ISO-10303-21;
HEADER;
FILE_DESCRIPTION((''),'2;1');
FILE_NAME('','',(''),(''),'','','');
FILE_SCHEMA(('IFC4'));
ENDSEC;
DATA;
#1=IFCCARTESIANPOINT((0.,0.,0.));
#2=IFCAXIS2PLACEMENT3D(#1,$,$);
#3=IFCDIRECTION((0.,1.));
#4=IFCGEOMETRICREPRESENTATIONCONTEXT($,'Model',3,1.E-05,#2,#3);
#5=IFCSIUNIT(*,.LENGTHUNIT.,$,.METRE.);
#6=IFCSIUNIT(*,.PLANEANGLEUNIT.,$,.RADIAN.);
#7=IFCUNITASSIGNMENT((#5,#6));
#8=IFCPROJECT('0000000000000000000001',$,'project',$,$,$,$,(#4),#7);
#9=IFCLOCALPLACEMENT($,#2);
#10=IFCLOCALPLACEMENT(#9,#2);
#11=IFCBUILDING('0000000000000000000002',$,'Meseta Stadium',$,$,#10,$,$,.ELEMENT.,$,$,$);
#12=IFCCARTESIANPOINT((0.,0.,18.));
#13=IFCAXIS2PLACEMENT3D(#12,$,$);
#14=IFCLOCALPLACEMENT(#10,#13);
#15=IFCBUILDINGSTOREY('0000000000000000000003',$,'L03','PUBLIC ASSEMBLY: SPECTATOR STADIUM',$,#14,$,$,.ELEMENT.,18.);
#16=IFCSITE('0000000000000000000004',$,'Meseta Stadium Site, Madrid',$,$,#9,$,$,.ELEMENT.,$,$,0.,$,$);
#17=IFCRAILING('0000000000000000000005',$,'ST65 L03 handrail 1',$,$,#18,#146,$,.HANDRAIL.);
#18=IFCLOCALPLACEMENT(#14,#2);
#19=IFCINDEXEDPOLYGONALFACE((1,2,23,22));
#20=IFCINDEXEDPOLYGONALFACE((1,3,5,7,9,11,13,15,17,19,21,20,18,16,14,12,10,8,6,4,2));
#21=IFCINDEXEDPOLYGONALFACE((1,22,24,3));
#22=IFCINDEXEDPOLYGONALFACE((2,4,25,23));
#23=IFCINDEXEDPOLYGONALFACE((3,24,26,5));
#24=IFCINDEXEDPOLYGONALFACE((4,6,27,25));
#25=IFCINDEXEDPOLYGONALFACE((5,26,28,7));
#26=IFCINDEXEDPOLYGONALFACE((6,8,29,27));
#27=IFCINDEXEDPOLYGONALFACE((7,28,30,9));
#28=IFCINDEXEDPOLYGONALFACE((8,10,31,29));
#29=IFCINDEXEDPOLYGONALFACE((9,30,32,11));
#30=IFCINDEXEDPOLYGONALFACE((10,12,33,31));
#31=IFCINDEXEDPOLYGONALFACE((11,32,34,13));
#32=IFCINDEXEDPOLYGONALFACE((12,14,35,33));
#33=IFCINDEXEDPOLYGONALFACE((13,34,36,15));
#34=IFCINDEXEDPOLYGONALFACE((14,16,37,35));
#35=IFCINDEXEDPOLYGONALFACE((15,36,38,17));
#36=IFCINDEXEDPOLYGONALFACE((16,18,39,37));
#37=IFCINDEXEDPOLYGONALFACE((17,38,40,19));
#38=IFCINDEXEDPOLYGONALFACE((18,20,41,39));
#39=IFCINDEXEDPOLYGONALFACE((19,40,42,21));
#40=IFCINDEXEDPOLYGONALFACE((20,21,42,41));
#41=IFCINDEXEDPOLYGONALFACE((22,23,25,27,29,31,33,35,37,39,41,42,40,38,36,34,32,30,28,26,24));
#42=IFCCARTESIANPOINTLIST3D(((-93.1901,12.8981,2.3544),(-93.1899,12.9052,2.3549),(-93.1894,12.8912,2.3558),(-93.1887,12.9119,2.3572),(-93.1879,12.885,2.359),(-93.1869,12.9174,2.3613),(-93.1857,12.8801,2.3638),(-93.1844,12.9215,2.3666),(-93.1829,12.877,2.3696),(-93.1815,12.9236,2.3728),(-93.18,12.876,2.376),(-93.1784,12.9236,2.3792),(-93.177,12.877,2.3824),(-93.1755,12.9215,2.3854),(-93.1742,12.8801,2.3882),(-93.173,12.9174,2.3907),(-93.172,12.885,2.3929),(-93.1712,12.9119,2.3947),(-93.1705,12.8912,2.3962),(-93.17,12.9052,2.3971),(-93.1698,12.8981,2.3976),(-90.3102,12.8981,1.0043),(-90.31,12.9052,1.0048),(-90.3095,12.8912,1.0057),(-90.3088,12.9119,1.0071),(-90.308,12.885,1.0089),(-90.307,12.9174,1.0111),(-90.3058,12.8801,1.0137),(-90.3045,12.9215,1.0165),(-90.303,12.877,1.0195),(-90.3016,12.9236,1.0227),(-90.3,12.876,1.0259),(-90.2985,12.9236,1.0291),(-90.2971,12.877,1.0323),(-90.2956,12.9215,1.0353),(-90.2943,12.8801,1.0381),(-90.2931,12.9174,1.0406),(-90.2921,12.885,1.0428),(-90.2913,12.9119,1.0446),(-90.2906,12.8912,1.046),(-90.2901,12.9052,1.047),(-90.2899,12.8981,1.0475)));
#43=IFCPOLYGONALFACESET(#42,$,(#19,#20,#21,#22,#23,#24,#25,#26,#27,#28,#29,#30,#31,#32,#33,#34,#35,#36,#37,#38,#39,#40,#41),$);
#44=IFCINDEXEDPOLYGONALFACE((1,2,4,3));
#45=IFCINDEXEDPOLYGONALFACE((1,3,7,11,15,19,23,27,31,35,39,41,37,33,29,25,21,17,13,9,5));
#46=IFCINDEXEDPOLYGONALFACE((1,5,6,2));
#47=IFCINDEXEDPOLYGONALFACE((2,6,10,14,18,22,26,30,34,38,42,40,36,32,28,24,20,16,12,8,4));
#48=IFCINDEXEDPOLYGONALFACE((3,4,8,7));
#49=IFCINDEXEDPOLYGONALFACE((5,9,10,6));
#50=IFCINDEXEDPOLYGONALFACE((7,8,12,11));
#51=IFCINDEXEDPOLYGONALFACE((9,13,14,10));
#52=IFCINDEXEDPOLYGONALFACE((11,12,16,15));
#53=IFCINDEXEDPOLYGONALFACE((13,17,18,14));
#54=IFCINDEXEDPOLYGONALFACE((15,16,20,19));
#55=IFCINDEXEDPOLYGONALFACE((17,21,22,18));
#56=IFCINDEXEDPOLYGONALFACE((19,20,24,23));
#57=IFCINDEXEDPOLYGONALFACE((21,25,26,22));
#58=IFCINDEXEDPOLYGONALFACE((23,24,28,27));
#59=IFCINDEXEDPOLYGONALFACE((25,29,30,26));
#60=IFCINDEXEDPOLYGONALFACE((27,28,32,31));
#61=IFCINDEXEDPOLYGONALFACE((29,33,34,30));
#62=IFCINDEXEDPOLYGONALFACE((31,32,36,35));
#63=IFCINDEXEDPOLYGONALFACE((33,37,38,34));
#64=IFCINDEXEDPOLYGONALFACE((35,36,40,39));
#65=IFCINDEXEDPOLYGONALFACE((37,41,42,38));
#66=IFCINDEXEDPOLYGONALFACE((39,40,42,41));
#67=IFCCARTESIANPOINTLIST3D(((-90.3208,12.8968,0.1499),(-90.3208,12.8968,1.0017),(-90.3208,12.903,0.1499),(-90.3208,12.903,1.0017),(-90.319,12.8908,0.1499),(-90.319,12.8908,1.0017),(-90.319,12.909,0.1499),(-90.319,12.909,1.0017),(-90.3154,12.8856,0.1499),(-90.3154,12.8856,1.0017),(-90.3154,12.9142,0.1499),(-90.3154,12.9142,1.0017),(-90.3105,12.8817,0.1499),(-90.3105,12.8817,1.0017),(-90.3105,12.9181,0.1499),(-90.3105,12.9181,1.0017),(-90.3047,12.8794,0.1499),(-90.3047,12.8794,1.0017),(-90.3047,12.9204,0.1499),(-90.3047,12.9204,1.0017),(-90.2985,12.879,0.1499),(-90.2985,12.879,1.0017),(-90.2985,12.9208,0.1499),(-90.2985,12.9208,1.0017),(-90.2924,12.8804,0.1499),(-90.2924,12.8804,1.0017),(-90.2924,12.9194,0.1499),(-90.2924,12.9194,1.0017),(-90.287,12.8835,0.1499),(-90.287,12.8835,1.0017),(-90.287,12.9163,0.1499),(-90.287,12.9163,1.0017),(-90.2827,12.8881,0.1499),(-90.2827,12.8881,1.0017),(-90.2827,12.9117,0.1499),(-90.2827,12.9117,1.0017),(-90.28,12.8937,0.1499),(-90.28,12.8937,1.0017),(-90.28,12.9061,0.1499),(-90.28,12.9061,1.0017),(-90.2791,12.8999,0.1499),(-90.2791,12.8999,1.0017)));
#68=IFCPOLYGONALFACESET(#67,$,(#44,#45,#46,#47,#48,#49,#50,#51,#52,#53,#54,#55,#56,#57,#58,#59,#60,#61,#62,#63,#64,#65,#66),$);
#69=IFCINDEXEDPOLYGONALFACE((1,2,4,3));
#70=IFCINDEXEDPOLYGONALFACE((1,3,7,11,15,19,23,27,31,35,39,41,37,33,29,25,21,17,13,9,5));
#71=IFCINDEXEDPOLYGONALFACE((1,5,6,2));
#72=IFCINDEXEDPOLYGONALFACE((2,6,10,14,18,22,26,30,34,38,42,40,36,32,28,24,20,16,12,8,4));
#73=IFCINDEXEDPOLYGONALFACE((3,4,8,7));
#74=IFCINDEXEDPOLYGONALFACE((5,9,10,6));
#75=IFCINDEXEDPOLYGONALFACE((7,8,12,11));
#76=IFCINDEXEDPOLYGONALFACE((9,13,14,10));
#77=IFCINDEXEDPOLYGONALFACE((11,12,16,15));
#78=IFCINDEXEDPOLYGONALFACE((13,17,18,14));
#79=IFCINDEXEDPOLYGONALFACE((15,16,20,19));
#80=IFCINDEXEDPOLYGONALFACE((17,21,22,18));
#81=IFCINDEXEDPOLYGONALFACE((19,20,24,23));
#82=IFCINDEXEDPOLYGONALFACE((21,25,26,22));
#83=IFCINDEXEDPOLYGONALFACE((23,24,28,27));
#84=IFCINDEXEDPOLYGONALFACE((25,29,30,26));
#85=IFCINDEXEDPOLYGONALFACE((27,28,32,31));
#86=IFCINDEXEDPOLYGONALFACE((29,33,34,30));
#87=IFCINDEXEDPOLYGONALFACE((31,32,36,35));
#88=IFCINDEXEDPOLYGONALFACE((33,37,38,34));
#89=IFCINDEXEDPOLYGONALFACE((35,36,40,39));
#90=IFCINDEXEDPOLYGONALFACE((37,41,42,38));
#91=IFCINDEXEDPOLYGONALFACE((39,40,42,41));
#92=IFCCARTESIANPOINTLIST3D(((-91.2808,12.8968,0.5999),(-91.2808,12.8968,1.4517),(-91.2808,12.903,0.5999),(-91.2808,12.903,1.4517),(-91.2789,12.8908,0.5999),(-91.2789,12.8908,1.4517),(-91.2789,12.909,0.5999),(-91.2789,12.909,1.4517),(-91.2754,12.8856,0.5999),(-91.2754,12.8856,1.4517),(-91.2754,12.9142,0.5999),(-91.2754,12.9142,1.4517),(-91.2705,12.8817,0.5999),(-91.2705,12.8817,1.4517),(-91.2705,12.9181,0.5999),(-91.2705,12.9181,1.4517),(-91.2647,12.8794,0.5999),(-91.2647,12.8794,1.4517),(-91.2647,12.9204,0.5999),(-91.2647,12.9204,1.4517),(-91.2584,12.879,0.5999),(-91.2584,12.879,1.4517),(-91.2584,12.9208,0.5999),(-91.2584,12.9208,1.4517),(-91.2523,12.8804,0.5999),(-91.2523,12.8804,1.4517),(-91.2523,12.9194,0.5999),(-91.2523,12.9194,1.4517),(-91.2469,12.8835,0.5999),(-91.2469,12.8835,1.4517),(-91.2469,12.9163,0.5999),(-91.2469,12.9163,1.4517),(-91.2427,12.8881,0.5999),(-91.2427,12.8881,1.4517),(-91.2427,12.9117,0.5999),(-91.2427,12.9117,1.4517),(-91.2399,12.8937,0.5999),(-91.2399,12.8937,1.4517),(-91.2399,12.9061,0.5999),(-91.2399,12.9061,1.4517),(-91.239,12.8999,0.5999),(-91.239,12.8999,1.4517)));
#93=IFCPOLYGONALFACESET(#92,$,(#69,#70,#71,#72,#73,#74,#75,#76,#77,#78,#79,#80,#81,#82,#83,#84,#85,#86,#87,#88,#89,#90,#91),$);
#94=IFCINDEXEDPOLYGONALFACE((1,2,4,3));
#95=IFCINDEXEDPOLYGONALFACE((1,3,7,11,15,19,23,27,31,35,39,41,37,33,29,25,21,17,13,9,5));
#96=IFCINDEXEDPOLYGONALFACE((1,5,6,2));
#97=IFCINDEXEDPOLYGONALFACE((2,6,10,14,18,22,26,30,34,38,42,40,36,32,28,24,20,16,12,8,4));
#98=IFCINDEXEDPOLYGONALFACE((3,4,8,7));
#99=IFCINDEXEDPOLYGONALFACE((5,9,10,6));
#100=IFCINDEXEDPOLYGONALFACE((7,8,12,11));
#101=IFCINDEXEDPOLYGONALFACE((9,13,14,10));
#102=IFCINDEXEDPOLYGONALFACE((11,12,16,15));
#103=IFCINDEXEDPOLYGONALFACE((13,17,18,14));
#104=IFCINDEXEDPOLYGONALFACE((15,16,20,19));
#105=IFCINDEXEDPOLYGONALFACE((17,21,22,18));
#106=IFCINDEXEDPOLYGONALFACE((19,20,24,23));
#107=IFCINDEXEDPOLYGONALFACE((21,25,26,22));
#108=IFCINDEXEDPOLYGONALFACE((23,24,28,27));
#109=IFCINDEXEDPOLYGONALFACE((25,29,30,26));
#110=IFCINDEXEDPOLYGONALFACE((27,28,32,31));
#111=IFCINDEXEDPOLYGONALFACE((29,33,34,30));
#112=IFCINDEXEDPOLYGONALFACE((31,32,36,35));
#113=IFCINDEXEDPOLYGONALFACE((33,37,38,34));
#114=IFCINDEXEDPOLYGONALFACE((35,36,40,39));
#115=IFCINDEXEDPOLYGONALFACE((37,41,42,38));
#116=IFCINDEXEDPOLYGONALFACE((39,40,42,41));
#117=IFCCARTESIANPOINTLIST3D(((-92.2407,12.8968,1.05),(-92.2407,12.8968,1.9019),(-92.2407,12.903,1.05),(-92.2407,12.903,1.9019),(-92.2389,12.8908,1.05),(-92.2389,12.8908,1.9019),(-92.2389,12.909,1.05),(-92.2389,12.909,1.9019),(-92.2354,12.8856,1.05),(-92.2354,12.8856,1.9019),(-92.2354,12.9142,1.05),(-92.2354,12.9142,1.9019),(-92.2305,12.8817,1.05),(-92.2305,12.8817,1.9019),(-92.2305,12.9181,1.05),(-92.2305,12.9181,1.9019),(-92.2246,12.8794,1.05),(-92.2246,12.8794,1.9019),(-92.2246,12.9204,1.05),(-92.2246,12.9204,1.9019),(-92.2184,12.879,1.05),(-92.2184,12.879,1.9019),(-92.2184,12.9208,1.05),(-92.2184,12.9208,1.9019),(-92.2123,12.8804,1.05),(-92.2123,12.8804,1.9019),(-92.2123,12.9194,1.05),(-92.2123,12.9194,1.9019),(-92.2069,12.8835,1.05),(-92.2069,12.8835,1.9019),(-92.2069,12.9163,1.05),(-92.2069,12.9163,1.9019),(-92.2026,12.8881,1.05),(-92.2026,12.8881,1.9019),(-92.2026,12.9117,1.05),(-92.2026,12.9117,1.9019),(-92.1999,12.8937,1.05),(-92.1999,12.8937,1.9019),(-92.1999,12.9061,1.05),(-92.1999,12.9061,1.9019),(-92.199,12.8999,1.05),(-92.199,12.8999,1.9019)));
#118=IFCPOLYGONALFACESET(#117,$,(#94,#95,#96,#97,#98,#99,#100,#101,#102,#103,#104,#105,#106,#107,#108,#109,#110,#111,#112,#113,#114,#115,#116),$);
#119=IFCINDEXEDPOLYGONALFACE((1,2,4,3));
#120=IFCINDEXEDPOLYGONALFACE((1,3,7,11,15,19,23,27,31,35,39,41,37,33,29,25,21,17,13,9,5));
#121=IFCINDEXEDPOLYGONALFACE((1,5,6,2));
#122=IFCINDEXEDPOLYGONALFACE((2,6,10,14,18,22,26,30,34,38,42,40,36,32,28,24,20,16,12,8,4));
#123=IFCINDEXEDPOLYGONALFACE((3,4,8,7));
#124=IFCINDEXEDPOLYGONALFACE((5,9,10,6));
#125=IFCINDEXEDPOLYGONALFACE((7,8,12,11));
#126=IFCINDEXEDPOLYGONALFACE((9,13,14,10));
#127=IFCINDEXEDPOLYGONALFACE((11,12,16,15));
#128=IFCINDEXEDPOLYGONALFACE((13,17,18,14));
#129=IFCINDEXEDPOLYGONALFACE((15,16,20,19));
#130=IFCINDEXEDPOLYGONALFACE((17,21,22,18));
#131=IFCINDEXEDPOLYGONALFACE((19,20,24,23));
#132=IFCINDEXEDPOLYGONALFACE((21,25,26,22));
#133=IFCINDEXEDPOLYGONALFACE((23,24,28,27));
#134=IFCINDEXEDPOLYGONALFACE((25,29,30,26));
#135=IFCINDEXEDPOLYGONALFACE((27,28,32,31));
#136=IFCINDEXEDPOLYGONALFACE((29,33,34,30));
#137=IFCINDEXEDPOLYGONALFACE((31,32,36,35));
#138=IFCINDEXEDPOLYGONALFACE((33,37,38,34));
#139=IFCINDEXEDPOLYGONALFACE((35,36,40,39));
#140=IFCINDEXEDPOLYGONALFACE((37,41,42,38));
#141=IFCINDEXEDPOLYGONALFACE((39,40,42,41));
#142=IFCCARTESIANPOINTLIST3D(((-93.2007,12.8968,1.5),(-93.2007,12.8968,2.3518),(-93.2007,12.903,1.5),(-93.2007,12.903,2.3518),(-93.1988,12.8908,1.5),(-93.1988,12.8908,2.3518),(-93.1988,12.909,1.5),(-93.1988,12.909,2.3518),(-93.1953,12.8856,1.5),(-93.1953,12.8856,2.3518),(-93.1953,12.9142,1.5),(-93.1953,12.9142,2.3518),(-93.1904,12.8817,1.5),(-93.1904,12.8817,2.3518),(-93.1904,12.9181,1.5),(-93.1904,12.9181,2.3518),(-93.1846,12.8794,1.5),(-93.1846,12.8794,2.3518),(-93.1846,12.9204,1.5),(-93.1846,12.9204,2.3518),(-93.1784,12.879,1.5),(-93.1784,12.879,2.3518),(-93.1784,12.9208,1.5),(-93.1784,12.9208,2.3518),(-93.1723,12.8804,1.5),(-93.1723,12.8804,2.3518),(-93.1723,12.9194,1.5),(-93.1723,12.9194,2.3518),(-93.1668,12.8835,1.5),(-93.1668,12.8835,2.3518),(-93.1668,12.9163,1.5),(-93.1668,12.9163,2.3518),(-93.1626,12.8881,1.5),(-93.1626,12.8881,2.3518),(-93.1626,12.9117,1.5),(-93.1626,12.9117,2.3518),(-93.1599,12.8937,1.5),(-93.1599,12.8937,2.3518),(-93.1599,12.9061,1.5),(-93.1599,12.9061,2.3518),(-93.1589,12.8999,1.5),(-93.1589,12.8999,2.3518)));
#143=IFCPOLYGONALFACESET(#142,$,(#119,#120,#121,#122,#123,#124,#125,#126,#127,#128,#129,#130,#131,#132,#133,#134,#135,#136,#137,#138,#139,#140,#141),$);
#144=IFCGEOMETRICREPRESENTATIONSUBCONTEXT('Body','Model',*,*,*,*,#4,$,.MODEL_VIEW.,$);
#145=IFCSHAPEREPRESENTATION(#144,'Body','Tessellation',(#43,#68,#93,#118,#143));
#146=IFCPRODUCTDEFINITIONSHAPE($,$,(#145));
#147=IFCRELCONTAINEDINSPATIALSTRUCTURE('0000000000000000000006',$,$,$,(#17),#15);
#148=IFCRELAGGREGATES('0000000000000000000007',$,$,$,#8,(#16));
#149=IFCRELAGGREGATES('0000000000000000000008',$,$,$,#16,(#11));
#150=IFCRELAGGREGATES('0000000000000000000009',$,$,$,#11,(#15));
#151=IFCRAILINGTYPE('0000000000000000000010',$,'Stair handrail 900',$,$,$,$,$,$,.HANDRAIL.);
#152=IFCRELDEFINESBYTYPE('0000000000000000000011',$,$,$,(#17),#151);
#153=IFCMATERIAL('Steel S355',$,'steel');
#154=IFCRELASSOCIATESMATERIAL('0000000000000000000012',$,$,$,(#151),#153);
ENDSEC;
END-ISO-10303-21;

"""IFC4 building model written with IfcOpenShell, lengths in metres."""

from ifc_helpers import new_model, si_unit, direction, frame, origin, origin_2d, place, context, subcontext, project, spatial, circle, extrude, material, type_object, element, save


model = new_model("IFC4")

# Units and contexts
model_context = context("Model", 3, precision=1e-05, world=origin(), true_north=direction((0.0, 1.0)))
body_context = subcontext(model_context, "Body", "Model", "MODEL_VIEW")
ifc_project = project(units=[si_unit("LENGTHUNIT", "METRE"), si_unit("PLANEANGLEUNIT", "RADIAN")], contexts=[model_context])

# Site, building, storey
site_placement = place(None, origin())
site = spatial("IfcSite", under=ifc_project, at=site_placement, Name="Meseta Stadium Site, Madrid", CompositionType="ELEMENT", RefElevation=0.0)
building_placement = place(site_placement, origin())
building = spatial("IfcBuilding", under=site, at=building_placement, Name="Meseta Stadium", CompositionType="ELEMENT")
storey_placement = place(building_placement, frame((0.0, 0.0, 18.0)))
storey = spatial("IfcBuildingStorey", under=building, at=storey_placement, Name="L03", Description="PUBLIC ASSEMBLY: SPECTATOR STADIUM", CompositionType="ELEMENT", Elevation=18.0)

# Railing
ifc_material_1 = material(Name="Steel S355", Category="steel")
railing_type_1 = type_object("IfcRailingType", Name="Stair handrail 900", PredefinedType="HANDRAIL", material=ifc_material_1)
for number, where, name in (
    (1, (-90.3, 12.8999, 0.1499), "ST65 L03 handrail 1"),
):
    element("IfcRailing", number, at=place(storey_placement, frame(where)), inside=storey, type_object=railing_type_1, Name=name, PredefinedType="HANDRAIL", context=body_context, shape_type="SweptSolid", body=[
        extrude(circle(Radius=0.0239, at=origin_2d()), frame((0.0, 0.0, 0.876), z_axis=(-0.90544, 0.0, 0.424473), x_axis=(0.0, -1.0, 0.0)), (0.0, 0.0, 1.0), 3.1807),
        extrude(circle(Radius=0.021, at=origin_2d()), origin(), (0.0, 0.0, 1.0), 0.8518),
        extrude(circle(Radius=0.021, at=origin_2d()), frame((-0.96, 0.0, 0.45)), (0.0, 0.0, 1.0), 0.8518),
        extrude(circle(Radius=0.021, at=origin_2d()), frame((-1.9199, 0.0, 0.9001)), (0.0, 0.0, 1.0), 0.8518),
        extrude(circle(Radius=0.021, at=origin_2d()), frame((-2.8799, 0.0, 1.3501)), (0.0, 0.0, 1.0), 0.8518),
    ])

save(model, "model.ifc")
